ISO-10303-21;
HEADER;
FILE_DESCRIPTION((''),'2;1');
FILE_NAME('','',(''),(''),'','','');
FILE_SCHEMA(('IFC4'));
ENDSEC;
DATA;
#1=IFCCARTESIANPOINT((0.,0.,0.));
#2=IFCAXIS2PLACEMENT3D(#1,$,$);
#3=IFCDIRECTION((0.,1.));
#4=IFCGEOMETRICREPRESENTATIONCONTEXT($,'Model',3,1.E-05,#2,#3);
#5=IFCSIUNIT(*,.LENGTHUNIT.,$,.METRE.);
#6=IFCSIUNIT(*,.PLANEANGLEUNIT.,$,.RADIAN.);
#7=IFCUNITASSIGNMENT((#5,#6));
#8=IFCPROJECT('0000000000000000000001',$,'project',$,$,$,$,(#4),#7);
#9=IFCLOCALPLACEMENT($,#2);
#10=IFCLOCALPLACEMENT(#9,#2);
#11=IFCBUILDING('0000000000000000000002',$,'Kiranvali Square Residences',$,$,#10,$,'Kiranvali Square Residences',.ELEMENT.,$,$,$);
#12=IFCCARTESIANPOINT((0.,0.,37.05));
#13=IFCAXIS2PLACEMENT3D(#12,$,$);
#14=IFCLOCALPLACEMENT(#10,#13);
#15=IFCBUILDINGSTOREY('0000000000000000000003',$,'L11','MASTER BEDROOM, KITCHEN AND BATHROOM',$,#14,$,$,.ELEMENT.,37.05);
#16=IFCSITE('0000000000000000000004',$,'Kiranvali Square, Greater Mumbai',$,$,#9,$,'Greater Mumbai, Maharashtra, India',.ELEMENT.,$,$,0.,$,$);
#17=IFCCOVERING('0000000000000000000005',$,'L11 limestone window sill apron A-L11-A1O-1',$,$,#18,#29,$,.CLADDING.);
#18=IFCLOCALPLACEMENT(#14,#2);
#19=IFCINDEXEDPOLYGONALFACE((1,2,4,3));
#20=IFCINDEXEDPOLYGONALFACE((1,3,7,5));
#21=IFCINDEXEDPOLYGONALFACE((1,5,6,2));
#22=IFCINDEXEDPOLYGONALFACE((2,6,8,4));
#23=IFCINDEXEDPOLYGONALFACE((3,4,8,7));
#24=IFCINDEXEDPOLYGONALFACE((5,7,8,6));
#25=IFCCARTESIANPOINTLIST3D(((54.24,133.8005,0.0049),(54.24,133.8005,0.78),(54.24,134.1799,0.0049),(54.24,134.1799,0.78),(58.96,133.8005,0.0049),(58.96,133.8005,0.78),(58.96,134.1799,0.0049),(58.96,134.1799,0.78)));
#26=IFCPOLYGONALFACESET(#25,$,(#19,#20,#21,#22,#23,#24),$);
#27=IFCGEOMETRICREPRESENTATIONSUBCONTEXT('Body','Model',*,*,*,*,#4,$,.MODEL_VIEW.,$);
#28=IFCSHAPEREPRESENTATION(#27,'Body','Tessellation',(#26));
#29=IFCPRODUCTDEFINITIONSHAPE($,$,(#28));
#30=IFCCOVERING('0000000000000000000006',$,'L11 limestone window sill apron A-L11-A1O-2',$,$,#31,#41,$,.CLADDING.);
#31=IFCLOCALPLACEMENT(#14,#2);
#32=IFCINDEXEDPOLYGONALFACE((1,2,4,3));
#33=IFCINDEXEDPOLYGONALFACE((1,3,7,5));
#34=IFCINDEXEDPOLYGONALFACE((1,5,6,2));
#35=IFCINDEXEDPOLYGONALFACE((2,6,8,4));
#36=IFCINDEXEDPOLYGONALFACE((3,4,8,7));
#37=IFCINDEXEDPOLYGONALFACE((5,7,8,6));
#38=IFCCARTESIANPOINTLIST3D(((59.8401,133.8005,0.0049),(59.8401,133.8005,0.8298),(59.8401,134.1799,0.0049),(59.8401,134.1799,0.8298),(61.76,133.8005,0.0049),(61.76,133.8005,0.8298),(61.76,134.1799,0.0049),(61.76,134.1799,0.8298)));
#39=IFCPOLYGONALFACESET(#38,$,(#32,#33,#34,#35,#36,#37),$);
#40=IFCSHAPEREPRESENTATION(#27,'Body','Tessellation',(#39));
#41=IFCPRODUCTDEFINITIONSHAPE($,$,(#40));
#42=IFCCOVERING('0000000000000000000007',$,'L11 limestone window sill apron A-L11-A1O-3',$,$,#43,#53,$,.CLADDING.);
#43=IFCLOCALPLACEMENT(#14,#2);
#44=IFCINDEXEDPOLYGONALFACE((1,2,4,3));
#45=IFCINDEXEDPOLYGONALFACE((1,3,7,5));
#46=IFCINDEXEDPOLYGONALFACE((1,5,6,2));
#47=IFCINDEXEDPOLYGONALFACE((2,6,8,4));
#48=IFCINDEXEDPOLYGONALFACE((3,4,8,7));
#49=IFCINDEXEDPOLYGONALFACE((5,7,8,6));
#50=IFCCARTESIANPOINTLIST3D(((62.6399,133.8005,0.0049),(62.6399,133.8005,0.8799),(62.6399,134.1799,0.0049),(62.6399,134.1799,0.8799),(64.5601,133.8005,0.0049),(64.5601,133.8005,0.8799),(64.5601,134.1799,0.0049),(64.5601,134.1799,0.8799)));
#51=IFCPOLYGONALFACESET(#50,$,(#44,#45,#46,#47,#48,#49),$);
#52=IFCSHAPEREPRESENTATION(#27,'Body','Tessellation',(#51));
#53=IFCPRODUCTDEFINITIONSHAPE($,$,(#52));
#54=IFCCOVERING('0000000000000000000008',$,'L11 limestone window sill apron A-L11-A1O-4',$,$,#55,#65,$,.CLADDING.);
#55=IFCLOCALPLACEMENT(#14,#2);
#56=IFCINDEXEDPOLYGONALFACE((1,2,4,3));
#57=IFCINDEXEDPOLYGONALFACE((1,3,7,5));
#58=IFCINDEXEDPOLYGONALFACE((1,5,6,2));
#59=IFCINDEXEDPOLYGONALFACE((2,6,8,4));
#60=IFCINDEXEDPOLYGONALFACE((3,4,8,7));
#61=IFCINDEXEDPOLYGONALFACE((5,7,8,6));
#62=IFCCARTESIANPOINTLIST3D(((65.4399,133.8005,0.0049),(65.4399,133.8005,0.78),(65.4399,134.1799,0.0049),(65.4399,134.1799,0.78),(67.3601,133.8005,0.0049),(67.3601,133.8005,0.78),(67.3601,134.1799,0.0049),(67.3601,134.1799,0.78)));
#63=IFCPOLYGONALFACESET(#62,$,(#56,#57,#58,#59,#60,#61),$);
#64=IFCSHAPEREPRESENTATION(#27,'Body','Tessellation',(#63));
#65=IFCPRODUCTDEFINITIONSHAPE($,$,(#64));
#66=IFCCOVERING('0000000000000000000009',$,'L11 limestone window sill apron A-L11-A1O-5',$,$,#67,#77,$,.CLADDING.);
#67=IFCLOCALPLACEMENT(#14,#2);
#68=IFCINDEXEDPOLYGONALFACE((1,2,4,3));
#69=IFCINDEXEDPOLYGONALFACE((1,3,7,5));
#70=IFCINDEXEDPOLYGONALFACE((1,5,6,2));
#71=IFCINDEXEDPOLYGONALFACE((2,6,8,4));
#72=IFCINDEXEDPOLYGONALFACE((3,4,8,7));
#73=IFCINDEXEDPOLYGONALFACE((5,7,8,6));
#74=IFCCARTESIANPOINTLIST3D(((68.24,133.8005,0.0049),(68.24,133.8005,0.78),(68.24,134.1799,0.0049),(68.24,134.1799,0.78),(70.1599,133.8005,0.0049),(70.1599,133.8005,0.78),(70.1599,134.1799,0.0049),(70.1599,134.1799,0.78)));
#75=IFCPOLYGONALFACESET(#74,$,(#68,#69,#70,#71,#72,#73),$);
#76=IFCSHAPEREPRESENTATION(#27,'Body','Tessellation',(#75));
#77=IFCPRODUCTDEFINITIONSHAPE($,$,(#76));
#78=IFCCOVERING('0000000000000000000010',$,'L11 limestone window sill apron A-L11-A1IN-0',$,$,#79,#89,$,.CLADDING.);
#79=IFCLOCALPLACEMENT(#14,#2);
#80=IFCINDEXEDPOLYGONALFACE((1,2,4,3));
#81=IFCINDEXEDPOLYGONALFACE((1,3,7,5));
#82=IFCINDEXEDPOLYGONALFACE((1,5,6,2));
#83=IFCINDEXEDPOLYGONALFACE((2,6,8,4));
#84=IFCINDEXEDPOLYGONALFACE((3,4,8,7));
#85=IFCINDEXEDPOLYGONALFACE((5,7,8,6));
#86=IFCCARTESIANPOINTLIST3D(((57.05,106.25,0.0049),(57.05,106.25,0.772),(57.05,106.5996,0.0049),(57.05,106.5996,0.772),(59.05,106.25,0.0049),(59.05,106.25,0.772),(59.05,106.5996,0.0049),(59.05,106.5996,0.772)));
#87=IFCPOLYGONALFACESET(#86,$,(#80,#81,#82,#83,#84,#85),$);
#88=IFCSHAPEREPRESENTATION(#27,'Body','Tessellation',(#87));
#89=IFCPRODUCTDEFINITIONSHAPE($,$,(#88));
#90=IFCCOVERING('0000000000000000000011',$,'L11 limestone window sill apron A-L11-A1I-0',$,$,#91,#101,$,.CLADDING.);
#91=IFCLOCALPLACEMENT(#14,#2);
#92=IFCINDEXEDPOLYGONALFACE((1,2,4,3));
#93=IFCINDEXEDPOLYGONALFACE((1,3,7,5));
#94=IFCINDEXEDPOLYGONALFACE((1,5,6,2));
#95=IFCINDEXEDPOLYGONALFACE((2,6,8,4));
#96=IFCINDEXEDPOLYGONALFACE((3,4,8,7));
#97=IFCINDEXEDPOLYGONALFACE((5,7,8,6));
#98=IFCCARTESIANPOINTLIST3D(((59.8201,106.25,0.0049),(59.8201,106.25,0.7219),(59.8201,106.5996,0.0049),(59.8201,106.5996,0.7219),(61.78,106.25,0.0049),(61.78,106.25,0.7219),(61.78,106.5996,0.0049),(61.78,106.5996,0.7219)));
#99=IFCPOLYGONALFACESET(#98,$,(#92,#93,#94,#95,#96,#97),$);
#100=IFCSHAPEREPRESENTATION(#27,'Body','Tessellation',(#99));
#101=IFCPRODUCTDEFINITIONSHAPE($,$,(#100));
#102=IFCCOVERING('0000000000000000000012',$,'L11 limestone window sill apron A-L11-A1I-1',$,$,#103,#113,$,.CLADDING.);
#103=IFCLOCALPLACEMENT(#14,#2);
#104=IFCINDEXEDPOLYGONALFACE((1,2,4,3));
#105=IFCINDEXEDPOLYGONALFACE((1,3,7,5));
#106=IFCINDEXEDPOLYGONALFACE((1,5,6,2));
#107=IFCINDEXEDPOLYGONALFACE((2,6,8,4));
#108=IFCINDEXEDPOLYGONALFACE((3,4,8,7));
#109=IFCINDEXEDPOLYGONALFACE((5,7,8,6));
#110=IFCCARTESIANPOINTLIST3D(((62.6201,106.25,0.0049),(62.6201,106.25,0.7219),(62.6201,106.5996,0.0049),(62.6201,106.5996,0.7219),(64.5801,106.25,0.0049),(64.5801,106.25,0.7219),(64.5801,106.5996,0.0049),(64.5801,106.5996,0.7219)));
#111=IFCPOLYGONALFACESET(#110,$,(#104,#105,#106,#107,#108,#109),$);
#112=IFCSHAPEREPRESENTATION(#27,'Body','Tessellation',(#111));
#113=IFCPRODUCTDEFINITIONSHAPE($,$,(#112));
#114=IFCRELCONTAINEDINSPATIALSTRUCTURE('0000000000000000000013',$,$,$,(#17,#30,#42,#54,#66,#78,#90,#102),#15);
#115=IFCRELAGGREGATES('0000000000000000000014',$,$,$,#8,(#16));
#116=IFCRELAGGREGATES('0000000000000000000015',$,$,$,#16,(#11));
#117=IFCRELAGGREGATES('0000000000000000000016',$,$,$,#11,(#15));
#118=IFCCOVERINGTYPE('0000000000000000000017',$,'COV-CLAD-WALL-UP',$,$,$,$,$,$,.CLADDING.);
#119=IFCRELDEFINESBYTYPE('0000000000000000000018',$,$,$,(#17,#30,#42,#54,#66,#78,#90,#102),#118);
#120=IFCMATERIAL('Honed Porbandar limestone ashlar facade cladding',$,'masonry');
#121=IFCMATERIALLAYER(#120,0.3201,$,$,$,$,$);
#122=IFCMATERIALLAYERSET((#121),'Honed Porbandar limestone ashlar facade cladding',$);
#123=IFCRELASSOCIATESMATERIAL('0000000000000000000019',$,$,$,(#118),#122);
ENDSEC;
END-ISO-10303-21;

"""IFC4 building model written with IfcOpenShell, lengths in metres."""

from ifc_helpers import new_model, si_unit, direction, frame, origin, place, context, subcontext, project, spatial, polyline, outline, extrude, material, layer, layer_set, type_object, element, save


model = new_model("IFC4")

# Units and contexts
model_context = context("Model", 3, precision=1e-05, world=origin(), true_north=direction((0.0, 1.0)))
body_context = subcontext(model_context, "Body", "Model", "MODEL_VIEW")
ifc_project = project(units=[si_unit("LENGTHUNIT", "METRE"), si_unit("PLANEANGLEUNIT", "RADIAN")], contexts=[model_context])

# Site, building, storey
site_placement = place(None, origin())
site = spatial("IfcSite", under=ifc_project, at=site_placement, Name="Kiranvali Square, Greater Mumbai", LongName="Greater Mumbai, Maharashtra, India", CompositionType="ELEMENT", RefElevation=0.0)
building_placement = place(site_placement, origin())
building = spatial("IfcBuilding", under=site, at=building_placement, Name="Kiranvali Square Residences", LongName="Kiranvali Square Residences", CompositionType="ELEMENT")
storey_placement = place(building_placement, frame((0.0, 0.0, 37.05)))
storey = spatial("IfcBuildingStorey", under=building, at=storey_placement, Name="L11", Description="MASTER BEDROOM, KITCHEN AND BATHROOM", CompositionType="ELEMENT", Elevation=37.05)

# Coverings
ifc_material = material(Name="Honed Porbandar limestone ashlar facade cladding", Category="masonry")
ifc_layer_1 = layer(ifc_material, 0.3201)
ifc_layer_set_1 = layer_set([ifc_layer_1], Name="Honed Porbandar limestone ashlar facade cladding")
covering_type_1 = type_object("IfcCoveringType", Name="COV-CLAD-WALL-UP", PredefinedType="CLADDING", material=ifc_layer_set_1)
covering_1_placement = place(storey_placement, frame((0.0, 0.0, 0.0049)))
element("IfcCovering", 1, at=covering_1_placement, inside=storey, type_object=covering_type_1, Name="L11 limestone window sill apron A-L11-A1O-1", PredefinedType="CLADDING", context=body_context, shape_type="SweptSolid", body=[
    extrude(outline(polyline([(54.24, 133.8005), (58.96, 133.8005), (58.96, 134.1799), (54.24, 134.1799), (54.24, 133.8005)])), origin(), (0.0, 0.0, 1.0), 0.7751),
])
covering_2_placement = place(storey_placement, frame((0.0, 0.0, 0.0049)))
element("IfcCovering", 2, at=covering_2_placement, inside=storey, type_object=covering_type_1, Name="L11 limestone window sill apron A-L11-A1O-2", PredefinedType="CLADDING", context=body_context, shape_type="SweptSolid", body=[
    extrude(outline(polyline([(59.8401, 133.8005), (61.76, 133.8005), (61.76, 134.1799), (59.8401, 134.1799), (59.8401, 133.8005)])), origin(), (0.0, 0.0, 1.0), 0.825),
])
covering_3_placement = place(storey_placement, frame((0.0, 0.0, 0.0049)))
element("IfcCovering", 3, at=covering_3_placement, inside=storey, type_object=covering_type_1, Name="L11 limestone window sill apron A-L11-A1O-3", PredefinedType="CLADDING", context=body_context, shape_type="SweptSolid", body=[
    extrude(outline(polyline([(62.6399, 133.8005), (64.5601, 133.8005), (64.5601, 134.1799), (62.6399, 134.1799), (62.6399, 133.8005)])), origin(), (0.0, 0.0, 1.0), 0.875),
])
covering_4_placement = place(storey_placement, frame((0.0, 0.0, 0.0049)))
element("IfcCovering", 4, at=covering_4_placement, inside=storey, type_object=covering_type_1, Name="L11 limestone window sill apron A-L11-A1O-4", PredefinedType="CLADDING", context=body_context, shape_type="SweptSolid", body=[
    extrude(outline(polyline([(65.4399, 133.8005), (67.3601, 133.8005), (67.3601, 134.1799), (65.4399, 134.1799), (65.4399, 133.8005)])), origin(), (0.0, 0.0, 1.0), 0.7751),
])
covering_5_placement = place(storey_placement, frame((0.0, 0.0, 0.0049)))
element("IfcCovering", 5, at=covering_5_placement, inside=storey, type_object=covering_type_1, Name="L11 limestone window sill apron A-L11-A1O-5", PredefinedType="CLADDING", context=body_context, shape_type="SweptSolid", body=[
    extrude(outline(polyline([(68.24, 133.8005), (70.1599, 133.8005), (70.1599, 134.1799), (68.24, 134.1799), (68.24, 133.8005)])), origin(), (0.0, 0.0, 1.0), 0.7751),
])
covering_6_placement = place(storey_placement, frame((0.0, 0.0, 0.0049)))
element("IfcCovering", 6, at=covering_6_placement, inside=storey, type_object=covering_type_1, Name="L11 limestone window sill apron A-L11-A1IN-0", PredefinedType="CLADDING", context=body_context, shape_type="SweptSolid", body=[
    extrude(outline(polyline([(57.05, 106.25), (59.05, 106.25), (59.05, 106.5996), (57.05, 106.5996), (57.05, 106.25)])), origin(), (0.0, 0.0, 1.0), 0.7671),
])
covering_7_placement = place(storey_placement, frame((0.0, 0.0, 0.0049)))
element("IfcCovering", 7, at=covering_7_placement, inside=storey, type_object=covering_type_1, Name="L11 limestone window sill apron A-L11-A1I-0", PredefinedType="CLADDING", context=body_context, shape_type="SweptSolid", body=[
    extrude(outline(polyline([(59.8201, 106.25), (61.78, 106.25), (61.78, 106.5996), (59.8201, 106.5996), (59.8201, 106.25)])), origin(), (0.0, 0.0, 1.0), 0.717),
])
covering_8_placement = place(storey_placement, frame((0.0, 0.0, 0.0049)))
element("IfcCovering", 8, at=covering_8_placement, inside=storey, type_object=covering_type_1, Name="L11 limestone window sill apron A-L11-A1I-1", PredefinedType="CLADDING", context=body_context, shape_type="SweptSolid", body=[
    extrude(outline(polyline([(62.6201, 106.25), (64.5801, 106.25), (64.5801, 106.5996), (62.6201, 106.5996), (62.6201, 106.25)])), origin(), (0.0, 0.0, 1.0), 0.717),
])

save(model, "model.ifc")
